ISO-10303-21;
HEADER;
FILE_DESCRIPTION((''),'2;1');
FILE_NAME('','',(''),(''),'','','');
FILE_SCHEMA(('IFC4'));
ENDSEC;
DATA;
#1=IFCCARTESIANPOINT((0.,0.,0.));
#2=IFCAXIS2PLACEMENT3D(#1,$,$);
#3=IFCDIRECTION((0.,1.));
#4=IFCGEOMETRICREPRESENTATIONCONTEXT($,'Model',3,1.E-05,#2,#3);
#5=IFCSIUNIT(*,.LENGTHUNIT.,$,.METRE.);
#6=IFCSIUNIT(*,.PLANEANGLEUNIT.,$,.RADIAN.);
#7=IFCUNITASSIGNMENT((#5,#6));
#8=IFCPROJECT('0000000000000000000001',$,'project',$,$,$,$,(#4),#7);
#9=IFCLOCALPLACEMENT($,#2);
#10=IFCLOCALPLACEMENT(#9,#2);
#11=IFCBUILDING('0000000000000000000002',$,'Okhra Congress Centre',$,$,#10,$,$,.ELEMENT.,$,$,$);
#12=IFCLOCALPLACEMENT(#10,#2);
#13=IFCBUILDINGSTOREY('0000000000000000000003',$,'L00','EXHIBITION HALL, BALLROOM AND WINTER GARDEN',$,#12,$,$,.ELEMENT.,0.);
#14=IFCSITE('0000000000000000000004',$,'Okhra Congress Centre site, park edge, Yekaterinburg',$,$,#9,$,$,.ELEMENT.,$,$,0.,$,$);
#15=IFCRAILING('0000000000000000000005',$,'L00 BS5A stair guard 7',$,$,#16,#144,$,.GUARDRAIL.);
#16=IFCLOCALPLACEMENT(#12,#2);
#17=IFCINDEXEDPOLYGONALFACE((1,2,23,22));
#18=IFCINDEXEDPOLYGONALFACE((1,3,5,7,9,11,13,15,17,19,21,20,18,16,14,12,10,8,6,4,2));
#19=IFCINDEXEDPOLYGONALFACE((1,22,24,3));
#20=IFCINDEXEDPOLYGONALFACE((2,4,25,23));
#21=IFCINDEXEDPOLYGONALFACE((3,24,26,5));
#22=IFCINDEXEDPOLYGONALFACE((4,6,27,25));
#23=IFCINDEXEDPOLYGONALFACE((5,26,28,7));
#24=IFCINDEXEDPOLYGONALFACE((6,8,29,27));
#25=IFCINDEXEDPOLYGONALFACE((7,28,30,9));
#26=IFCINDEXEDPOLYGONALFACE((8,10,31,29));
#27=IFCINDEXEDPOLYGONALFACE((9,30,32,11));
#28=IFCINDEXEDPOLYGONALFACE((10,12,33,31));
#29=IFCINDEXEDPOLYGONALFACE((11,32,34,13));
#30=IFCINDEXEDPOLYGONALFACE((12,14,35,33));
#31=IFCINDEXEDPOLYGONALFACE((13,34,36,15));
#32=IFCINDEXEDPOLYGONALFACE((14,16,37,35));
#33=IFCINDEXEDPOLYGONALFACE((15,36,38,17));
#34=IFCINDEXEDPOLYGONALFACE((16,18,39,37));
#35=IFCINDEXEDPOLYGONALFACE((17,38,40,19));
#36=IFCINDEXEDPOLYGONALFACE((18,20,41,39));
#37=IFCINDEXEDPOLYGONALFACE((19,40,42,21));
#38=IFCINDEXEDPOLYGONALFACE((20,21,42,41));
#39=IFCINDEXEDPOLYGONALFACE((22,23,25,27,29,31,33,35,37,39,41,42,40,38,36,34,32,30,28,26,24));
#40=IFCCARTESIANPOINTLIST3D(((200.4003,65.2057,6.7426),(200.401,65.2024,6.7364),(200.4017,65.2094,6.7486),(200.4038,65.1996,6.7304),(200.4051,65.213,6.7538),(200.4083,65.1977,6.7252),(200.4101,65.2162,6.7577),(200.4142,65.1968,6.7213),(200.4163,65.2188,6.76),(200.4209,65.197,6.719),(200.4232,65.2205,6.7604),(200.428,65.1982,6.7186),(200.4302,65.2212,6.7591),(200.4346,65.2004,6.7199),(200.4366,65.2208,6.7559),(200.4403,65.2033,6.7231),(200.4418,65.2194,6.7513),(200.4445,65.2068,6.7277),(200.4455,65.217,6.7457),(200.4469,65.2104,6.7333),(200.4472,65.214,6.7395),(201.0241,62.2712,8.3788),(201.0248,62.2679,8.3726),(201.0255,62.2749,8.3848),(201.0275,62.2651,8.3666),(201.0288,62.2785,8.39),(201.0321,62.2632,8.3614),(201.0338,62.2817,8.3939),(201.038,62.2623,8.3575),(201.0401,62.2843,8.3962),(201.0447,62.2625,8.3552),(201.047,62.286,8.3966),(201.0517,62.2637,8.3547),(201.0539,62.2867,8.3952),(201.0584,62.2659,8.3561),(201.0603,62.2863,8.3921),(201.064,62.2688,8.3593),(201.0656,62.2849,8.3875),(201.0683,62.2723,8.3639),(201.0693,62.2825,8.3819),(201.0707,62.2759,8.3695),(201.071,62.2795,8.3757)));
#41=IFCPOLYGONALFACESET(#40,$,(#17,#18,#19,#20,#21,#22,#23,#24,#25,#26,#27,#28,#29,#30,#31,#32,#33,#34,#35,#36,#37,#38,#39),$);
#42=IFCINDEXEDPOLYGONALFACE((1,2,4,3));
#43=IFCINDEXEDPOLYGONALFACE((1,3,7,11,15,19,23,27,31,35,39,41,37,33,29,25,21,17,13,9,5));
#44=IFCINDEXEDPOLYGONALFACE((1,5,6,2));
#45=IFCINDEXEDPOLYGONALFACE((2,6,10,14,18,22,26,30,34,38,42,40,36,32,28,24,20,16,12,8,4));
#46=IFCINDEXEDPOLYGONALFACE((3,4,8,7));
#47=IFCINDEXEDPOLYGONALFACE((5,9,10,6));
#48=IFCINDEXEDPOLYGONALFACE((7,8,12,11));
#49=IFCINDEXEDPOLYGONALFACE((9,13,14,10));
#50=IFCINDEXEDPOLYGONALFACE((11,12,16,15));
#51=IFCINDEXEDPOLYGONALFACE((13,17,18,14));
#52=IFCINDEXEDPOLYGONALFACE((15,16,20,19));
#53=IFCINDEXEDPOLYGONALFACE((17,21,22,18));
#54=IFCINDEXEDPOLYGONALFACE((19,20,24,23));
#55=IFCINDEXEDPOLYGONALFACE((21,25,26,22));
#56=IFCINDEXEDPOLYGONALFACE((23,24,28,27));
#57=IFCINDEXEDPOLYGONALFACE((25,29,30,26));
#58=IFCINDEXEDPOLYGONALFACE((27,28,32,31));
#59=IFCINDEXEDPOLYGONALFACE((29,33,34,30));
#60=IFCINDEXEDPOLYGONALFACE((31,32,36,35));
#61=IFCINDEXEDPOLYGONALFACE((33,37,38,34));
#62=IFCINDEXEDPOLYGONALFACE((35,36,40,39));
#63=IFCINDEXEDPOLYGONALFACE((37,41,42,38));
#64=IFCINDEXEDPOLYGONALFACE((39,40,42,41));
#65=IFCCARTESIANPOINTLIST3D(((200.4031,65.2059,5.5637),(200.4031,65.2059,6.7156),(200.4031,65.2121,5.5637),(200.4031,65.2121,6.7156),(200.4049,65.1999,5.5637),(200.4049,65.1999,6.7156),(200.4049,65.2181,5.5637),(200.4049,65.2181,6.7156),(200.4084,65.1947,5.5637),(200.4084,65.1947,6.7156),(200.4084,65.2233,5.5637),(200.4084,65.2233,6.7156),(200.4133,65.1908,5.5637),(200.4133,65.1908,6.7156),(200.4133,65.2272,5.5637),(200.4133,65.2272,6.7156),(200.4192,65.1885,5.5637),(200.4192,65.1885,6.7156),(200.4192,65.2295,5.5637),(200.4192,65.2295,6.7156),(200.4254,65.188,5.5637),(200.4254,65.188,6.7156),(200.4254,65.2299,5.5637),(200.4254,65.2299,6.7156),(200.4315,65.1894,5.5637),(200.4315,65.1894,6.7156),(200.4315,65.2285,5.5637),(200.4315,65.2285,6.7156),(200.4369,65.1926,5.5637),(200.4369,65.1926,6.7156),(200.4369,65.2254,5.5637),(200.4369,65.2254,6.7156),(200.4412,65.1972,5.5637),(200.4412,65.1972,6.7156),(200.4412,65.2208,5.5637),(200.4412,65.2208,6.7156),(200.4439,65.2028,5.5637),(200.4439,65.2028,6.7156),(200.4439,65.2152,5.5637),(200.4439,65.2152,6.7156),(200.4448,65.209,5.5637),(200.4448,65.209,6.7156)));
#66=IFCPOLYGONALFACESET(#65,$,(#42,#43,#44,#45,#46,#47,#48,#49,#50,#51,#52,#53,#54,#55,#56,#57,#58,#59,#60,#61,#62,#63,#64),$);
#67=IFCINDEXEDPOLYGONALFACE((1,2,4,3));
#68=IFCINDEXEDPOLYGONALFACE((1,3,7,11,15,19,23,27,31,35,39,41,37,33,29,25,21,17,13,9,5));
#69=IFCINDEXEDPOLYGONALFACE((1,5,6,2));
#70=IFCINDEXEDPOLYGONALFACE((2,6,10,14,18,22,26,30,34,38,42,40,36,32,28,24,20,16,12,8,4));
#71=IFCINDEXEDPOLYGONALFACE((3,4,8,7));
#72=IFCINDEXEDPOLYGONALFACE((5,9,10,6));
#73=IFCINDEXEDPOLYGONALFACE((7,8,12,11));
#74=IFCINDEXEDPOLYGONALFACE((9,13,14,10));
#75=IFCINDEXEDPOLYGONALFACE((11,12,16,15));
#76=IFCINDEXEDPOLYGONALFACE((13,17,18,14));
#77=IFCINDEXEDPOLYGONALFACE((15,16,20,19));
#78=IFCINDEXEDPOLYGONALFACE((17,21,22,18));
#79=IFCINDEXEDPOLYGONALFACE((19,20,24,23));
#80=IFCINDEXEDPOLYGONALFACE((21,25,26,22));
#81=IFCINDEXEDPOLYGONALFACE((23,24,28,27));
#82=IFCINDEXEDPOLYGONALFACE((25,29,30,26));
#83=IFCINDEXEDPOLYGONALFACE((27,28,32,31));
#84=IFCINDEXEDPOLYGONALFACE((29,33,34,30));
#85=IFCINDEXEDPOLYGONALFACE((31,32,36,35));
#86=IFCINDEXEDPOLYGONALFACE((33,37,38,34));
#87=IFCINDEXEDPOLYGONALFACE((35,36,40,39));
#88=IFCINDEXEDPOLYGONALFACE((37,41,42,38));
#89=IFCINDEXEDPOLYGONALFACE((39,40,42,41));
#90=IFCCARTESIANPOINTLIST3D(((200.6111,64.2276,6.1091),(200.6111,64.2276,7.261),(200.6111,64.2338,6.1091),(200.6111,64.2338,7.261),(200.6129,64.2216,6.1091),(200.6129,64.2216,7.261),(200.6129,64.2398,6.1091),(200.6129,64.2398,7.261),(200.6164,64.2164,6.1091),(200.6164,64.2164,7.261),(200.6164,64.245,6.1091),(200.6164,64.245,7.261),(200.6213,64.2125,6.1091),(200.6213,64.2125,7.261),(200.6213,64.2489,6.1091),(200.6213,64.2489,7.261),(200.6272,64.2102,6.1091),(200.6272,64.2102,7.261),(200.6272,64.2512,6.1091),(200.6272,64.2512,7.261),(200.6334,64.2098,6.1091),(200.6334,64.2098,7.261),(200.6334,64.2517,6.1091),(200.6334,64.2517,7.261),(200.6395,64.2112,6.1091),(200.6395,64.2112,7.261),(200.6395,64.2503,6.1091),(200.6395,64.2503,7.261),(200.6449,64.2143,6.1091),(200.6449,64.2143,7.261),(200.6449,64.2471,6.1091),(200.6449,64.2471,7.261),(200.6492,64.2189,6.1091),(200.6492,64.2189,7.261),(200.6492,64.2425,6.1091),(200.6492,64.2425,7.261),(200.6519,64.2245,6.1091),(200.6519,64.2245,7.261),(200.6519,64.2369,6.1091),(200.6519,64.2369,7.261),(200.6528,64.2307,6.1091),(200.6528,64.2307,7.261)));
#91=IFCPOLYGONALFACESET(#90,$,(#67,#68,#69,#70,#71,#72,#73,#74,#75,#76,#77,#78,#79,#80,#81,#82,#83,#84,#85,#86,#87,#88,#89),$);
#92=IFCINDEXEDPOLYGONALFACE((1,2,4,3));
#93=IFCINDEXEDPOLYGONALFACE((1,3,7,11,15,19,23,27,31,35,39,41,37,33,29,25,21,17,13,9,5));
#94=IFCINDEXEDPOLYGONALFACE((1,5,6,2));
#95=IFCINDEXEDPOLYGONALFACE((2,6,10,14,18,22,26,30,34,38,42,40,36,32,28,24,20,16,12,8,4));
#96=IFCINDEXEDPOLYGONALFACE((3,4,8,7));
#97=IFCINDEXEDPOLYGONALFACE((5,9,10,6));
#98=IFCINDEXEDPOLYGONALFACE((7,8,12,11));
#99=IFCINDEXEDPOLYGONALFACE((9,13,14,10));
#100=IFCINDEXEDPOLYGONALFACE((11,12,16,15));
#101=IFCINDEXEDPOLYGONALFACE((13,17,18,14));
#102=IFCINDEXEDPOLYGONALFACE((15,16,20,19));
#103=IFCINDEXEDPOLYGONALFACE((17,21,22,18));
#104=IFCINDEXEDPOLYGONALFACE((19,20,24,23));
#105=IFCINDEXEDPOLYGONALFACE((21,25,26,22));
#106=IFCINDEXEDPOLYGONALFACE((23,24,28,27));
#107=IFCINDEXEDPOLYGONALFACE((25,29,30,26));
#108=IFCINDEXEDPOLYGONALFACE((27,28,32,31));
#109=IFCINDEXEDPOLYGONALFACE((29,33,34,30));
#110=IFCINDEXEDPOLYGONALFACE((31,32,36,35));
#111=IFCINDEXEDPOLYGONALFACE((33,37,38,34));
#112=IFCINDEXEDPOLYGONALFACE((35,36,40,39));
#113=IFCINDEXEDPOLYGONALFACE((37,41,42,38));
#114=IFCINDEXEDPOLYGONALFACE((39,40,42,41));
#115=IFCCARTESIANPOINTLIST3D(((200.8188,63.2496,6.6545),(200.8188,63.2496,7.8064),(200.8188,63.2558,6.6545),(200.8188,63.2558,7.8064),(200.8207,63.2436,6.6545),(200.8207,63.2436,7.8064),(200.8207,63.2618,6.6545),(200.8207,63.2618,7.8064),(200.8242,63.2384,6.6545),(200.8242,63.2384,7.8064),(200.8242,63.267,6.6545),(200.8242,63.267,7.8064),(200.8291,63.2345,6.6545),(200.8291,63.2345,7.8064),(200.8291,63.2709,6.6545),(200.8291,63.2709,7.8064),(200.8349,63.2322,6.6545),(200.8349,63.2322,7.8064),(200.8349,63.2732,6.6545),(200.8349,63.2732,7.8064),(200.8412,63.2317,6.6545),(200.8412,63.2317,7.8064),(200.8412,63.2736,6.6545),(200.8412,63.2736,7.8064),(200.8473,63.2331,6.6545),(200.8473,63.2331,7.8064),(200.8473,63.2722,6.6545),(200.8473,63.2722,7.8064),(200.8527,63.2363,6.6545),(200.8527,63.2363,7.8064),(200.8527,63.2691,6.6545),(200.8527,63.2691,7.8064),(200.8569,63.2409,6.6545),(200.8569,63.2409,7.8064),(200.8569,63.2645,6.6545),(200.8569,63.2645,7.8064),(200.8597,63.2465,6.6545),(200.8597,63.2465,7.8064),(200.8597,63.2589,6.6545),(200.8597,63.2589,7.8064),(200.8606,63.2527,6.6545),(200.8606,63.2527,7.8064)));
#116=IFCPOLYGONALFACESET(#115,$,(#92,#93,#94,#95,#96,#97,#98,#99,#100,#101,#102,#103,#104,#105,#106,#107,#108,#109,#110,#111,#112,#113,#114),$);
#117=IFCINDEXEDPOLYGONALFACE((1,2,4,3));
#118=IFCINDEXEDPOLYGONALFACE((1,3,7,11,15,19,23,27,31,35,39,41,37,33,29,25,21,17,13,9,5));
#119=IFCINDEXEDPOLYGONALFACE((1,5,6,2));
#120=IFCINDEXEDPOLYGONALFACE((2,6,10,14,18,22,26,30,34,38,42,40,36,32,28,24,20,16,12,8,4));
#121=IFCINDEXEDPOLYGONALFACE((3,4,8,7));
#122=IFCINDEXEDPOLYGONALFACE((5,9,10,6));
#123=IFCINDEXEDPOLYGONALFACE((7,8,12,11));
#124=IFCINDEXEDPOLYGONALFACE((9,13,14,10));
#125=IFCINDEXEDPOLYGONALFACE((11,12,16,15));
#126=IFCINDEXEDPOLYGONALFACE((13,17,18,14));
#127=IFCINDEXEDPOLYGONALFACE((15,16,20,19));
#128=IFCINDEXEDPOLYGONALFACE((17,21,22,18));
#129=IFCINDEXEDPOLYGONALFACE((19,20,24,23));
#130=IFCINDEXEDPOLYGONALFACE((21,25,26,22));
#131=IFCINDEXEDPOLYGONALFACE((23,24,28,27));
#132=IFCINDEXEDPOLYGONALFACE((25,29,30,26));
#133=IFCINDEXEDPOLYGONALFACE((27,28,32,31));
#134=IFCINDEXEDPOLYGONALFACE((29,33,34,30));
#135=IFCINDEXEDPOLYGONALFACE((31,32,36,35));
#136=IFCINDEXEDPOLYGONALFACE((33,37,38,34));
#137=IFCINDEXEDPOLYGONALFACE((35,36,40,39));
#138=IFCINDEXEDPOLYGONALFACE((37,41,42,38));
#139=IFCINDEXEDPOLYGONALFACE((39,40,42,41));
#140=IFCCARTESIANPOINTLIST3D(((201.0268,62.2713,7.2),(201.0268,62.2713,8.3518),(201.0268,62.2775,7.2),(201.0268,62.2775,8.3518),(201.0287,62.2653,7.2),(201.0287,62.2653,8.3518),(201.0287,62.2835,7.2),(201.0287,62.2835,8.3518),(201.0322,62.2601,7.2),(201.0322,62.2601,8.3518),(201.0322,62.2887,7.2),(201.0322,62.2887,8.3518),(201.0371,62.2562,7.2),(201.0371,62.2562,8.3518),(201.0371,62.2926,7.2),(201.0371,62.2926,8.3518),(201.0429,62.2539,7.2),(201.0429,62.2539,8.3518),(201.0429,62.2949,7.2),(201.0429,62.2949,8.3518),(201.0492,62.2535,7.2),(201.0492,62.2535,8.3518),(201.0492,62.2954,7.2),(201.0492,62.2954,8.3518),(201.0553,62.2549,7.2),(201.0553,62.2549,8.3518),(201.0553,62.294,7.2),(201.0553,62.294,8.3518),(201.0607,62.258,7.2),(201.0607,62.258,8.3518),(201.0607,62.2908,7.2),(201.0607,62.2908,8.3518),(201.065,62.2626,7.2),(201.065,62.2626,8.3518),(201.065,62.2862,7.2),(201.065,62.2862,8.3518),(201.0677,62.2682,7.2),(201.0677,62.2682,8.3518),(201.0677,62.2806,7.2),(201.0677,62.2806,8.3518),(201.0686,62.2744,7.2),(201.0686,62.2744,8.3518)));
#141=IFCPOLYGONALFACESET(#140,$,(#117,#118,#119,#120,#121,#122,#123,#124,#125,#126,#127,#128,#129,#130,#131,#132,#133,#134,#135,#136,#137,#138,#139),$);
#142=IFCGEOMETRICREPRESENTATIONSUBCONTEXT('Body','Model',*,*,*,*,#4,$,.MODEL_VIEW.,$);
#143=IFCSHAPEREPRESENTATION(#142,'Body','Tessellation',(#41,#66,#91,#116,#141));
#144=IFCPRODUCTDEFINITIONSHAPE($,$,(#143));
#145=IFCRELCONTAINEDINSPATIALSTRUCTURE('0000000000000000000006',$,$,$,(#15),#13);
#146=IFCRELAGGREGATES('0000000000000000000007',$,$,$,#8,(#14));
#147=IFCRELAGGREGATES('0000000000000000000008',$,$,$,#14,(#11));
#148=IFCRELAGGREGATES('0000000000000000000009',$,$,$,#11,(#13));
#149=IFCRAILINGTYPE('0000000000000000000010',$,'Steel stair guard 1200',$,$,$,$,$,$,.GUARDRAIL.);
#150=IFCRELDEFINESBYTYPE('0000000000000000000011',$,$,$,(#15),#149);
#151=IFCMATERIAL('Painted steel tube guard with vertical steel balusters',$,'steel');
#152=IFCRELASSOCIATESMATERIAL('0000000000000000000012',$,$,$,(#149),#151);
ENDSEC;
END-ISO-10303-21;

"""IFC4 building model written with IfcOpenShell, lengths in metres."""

from ifc_helpers import new_model, si_unit, direction, frame, origin, origin_2d, place, context, subcontext, project, spatial, circle, extrude, material, type_object, element, save


model = new_model("IFC4")

# Units and contexts
model_context = context("Model", 3, precision=1e-05, world=origin(), true_north=direction((0.0, 1.0)))
body_context = subcontext(model_context, "Body", "Model", "MODEL_VIEW")
ifc_project = project(units=[si_unit("LENGTHUNIT", "METRE"), si_unit("PLANEANGLEUNIT", "RADIAN")], contexts=[model_context])

# Site, building, storey
site_placement = place(None, origin())
site = spatial("IfcSite", under=ifc_project, at=site_placement, Name="Okhra Congress Centre site, park edge, Yekaterinburg", CompositionType="ELEMENT", RefElevation=0.0)
building_placement = place(site_placement, origin())
building = spatial("IfcBuilding", under=site, at=building_placement, Name="Okhra Congress Centre", CompositionType="ELEMENT")
storey_placement = place(building_placement, origin())
storey = spatial("IfcBuildingStorey", under=building, at=storey_placement, Name="L00", Description="EXHIBITION HALL, BALLROOM AND WINTER GARDEN", CompositionType="ELEMENT", Elevation=0.0)

# Railing
ifc_material_1 = material(Name="Painted steel tube guard with vertical steel balusters", Category="steel")
railing_type_1 = type_object("IfcRailingType", Name="Steel stair guard 1200", PredefinedType="GUARDRAIL", material=ifc_material_1)
railing_1_placement = place(storey_placement, frame((200.4238, 65.209, 5.5637)))
element("IfcRailing", 1, at=railing_1_placement, inside=storey, type_object=railing_type_1, Name="L00 BS5A stair guard 7", PredefinedType="GUARDRAIL", context=body_context, shape_type="SweptSolid", body=[
    extrude(circle(Radius=0.0239, at=origin_2d()), frame((0.0, 0.0, 1.1758), z_axis=(0.182535, -0.858735, 0.478806), x_axis=(0.978146, 0.207917, 0.0)), (0.0, 0.0, 1.0), 3.4172),
    extrude(circle(Radius=0.021, at=origin_2d()), origin(), (0.0, 0.0, 1.0), 1.1519),
    extrude(circle(Radius=0.021, at=origin_2d()), frame((0.208, -0.9783, 0.5454)), (0.0, 0.0, 1.0), 1.1519),
    extrude(circle(Radius=0.021, at=origin_2d()), frame((0.4158, -1.9563, 1.0908)), (0.0, 0.0, 1.0), 1.1519),
    extrude(circle(Radius=0.021, at=origin_2d()), frame((0.6238, -2.9346, 1.6362)), (0.0, 0.0, 1.0), 1.1519),
])

save(model, "model.ifc")
